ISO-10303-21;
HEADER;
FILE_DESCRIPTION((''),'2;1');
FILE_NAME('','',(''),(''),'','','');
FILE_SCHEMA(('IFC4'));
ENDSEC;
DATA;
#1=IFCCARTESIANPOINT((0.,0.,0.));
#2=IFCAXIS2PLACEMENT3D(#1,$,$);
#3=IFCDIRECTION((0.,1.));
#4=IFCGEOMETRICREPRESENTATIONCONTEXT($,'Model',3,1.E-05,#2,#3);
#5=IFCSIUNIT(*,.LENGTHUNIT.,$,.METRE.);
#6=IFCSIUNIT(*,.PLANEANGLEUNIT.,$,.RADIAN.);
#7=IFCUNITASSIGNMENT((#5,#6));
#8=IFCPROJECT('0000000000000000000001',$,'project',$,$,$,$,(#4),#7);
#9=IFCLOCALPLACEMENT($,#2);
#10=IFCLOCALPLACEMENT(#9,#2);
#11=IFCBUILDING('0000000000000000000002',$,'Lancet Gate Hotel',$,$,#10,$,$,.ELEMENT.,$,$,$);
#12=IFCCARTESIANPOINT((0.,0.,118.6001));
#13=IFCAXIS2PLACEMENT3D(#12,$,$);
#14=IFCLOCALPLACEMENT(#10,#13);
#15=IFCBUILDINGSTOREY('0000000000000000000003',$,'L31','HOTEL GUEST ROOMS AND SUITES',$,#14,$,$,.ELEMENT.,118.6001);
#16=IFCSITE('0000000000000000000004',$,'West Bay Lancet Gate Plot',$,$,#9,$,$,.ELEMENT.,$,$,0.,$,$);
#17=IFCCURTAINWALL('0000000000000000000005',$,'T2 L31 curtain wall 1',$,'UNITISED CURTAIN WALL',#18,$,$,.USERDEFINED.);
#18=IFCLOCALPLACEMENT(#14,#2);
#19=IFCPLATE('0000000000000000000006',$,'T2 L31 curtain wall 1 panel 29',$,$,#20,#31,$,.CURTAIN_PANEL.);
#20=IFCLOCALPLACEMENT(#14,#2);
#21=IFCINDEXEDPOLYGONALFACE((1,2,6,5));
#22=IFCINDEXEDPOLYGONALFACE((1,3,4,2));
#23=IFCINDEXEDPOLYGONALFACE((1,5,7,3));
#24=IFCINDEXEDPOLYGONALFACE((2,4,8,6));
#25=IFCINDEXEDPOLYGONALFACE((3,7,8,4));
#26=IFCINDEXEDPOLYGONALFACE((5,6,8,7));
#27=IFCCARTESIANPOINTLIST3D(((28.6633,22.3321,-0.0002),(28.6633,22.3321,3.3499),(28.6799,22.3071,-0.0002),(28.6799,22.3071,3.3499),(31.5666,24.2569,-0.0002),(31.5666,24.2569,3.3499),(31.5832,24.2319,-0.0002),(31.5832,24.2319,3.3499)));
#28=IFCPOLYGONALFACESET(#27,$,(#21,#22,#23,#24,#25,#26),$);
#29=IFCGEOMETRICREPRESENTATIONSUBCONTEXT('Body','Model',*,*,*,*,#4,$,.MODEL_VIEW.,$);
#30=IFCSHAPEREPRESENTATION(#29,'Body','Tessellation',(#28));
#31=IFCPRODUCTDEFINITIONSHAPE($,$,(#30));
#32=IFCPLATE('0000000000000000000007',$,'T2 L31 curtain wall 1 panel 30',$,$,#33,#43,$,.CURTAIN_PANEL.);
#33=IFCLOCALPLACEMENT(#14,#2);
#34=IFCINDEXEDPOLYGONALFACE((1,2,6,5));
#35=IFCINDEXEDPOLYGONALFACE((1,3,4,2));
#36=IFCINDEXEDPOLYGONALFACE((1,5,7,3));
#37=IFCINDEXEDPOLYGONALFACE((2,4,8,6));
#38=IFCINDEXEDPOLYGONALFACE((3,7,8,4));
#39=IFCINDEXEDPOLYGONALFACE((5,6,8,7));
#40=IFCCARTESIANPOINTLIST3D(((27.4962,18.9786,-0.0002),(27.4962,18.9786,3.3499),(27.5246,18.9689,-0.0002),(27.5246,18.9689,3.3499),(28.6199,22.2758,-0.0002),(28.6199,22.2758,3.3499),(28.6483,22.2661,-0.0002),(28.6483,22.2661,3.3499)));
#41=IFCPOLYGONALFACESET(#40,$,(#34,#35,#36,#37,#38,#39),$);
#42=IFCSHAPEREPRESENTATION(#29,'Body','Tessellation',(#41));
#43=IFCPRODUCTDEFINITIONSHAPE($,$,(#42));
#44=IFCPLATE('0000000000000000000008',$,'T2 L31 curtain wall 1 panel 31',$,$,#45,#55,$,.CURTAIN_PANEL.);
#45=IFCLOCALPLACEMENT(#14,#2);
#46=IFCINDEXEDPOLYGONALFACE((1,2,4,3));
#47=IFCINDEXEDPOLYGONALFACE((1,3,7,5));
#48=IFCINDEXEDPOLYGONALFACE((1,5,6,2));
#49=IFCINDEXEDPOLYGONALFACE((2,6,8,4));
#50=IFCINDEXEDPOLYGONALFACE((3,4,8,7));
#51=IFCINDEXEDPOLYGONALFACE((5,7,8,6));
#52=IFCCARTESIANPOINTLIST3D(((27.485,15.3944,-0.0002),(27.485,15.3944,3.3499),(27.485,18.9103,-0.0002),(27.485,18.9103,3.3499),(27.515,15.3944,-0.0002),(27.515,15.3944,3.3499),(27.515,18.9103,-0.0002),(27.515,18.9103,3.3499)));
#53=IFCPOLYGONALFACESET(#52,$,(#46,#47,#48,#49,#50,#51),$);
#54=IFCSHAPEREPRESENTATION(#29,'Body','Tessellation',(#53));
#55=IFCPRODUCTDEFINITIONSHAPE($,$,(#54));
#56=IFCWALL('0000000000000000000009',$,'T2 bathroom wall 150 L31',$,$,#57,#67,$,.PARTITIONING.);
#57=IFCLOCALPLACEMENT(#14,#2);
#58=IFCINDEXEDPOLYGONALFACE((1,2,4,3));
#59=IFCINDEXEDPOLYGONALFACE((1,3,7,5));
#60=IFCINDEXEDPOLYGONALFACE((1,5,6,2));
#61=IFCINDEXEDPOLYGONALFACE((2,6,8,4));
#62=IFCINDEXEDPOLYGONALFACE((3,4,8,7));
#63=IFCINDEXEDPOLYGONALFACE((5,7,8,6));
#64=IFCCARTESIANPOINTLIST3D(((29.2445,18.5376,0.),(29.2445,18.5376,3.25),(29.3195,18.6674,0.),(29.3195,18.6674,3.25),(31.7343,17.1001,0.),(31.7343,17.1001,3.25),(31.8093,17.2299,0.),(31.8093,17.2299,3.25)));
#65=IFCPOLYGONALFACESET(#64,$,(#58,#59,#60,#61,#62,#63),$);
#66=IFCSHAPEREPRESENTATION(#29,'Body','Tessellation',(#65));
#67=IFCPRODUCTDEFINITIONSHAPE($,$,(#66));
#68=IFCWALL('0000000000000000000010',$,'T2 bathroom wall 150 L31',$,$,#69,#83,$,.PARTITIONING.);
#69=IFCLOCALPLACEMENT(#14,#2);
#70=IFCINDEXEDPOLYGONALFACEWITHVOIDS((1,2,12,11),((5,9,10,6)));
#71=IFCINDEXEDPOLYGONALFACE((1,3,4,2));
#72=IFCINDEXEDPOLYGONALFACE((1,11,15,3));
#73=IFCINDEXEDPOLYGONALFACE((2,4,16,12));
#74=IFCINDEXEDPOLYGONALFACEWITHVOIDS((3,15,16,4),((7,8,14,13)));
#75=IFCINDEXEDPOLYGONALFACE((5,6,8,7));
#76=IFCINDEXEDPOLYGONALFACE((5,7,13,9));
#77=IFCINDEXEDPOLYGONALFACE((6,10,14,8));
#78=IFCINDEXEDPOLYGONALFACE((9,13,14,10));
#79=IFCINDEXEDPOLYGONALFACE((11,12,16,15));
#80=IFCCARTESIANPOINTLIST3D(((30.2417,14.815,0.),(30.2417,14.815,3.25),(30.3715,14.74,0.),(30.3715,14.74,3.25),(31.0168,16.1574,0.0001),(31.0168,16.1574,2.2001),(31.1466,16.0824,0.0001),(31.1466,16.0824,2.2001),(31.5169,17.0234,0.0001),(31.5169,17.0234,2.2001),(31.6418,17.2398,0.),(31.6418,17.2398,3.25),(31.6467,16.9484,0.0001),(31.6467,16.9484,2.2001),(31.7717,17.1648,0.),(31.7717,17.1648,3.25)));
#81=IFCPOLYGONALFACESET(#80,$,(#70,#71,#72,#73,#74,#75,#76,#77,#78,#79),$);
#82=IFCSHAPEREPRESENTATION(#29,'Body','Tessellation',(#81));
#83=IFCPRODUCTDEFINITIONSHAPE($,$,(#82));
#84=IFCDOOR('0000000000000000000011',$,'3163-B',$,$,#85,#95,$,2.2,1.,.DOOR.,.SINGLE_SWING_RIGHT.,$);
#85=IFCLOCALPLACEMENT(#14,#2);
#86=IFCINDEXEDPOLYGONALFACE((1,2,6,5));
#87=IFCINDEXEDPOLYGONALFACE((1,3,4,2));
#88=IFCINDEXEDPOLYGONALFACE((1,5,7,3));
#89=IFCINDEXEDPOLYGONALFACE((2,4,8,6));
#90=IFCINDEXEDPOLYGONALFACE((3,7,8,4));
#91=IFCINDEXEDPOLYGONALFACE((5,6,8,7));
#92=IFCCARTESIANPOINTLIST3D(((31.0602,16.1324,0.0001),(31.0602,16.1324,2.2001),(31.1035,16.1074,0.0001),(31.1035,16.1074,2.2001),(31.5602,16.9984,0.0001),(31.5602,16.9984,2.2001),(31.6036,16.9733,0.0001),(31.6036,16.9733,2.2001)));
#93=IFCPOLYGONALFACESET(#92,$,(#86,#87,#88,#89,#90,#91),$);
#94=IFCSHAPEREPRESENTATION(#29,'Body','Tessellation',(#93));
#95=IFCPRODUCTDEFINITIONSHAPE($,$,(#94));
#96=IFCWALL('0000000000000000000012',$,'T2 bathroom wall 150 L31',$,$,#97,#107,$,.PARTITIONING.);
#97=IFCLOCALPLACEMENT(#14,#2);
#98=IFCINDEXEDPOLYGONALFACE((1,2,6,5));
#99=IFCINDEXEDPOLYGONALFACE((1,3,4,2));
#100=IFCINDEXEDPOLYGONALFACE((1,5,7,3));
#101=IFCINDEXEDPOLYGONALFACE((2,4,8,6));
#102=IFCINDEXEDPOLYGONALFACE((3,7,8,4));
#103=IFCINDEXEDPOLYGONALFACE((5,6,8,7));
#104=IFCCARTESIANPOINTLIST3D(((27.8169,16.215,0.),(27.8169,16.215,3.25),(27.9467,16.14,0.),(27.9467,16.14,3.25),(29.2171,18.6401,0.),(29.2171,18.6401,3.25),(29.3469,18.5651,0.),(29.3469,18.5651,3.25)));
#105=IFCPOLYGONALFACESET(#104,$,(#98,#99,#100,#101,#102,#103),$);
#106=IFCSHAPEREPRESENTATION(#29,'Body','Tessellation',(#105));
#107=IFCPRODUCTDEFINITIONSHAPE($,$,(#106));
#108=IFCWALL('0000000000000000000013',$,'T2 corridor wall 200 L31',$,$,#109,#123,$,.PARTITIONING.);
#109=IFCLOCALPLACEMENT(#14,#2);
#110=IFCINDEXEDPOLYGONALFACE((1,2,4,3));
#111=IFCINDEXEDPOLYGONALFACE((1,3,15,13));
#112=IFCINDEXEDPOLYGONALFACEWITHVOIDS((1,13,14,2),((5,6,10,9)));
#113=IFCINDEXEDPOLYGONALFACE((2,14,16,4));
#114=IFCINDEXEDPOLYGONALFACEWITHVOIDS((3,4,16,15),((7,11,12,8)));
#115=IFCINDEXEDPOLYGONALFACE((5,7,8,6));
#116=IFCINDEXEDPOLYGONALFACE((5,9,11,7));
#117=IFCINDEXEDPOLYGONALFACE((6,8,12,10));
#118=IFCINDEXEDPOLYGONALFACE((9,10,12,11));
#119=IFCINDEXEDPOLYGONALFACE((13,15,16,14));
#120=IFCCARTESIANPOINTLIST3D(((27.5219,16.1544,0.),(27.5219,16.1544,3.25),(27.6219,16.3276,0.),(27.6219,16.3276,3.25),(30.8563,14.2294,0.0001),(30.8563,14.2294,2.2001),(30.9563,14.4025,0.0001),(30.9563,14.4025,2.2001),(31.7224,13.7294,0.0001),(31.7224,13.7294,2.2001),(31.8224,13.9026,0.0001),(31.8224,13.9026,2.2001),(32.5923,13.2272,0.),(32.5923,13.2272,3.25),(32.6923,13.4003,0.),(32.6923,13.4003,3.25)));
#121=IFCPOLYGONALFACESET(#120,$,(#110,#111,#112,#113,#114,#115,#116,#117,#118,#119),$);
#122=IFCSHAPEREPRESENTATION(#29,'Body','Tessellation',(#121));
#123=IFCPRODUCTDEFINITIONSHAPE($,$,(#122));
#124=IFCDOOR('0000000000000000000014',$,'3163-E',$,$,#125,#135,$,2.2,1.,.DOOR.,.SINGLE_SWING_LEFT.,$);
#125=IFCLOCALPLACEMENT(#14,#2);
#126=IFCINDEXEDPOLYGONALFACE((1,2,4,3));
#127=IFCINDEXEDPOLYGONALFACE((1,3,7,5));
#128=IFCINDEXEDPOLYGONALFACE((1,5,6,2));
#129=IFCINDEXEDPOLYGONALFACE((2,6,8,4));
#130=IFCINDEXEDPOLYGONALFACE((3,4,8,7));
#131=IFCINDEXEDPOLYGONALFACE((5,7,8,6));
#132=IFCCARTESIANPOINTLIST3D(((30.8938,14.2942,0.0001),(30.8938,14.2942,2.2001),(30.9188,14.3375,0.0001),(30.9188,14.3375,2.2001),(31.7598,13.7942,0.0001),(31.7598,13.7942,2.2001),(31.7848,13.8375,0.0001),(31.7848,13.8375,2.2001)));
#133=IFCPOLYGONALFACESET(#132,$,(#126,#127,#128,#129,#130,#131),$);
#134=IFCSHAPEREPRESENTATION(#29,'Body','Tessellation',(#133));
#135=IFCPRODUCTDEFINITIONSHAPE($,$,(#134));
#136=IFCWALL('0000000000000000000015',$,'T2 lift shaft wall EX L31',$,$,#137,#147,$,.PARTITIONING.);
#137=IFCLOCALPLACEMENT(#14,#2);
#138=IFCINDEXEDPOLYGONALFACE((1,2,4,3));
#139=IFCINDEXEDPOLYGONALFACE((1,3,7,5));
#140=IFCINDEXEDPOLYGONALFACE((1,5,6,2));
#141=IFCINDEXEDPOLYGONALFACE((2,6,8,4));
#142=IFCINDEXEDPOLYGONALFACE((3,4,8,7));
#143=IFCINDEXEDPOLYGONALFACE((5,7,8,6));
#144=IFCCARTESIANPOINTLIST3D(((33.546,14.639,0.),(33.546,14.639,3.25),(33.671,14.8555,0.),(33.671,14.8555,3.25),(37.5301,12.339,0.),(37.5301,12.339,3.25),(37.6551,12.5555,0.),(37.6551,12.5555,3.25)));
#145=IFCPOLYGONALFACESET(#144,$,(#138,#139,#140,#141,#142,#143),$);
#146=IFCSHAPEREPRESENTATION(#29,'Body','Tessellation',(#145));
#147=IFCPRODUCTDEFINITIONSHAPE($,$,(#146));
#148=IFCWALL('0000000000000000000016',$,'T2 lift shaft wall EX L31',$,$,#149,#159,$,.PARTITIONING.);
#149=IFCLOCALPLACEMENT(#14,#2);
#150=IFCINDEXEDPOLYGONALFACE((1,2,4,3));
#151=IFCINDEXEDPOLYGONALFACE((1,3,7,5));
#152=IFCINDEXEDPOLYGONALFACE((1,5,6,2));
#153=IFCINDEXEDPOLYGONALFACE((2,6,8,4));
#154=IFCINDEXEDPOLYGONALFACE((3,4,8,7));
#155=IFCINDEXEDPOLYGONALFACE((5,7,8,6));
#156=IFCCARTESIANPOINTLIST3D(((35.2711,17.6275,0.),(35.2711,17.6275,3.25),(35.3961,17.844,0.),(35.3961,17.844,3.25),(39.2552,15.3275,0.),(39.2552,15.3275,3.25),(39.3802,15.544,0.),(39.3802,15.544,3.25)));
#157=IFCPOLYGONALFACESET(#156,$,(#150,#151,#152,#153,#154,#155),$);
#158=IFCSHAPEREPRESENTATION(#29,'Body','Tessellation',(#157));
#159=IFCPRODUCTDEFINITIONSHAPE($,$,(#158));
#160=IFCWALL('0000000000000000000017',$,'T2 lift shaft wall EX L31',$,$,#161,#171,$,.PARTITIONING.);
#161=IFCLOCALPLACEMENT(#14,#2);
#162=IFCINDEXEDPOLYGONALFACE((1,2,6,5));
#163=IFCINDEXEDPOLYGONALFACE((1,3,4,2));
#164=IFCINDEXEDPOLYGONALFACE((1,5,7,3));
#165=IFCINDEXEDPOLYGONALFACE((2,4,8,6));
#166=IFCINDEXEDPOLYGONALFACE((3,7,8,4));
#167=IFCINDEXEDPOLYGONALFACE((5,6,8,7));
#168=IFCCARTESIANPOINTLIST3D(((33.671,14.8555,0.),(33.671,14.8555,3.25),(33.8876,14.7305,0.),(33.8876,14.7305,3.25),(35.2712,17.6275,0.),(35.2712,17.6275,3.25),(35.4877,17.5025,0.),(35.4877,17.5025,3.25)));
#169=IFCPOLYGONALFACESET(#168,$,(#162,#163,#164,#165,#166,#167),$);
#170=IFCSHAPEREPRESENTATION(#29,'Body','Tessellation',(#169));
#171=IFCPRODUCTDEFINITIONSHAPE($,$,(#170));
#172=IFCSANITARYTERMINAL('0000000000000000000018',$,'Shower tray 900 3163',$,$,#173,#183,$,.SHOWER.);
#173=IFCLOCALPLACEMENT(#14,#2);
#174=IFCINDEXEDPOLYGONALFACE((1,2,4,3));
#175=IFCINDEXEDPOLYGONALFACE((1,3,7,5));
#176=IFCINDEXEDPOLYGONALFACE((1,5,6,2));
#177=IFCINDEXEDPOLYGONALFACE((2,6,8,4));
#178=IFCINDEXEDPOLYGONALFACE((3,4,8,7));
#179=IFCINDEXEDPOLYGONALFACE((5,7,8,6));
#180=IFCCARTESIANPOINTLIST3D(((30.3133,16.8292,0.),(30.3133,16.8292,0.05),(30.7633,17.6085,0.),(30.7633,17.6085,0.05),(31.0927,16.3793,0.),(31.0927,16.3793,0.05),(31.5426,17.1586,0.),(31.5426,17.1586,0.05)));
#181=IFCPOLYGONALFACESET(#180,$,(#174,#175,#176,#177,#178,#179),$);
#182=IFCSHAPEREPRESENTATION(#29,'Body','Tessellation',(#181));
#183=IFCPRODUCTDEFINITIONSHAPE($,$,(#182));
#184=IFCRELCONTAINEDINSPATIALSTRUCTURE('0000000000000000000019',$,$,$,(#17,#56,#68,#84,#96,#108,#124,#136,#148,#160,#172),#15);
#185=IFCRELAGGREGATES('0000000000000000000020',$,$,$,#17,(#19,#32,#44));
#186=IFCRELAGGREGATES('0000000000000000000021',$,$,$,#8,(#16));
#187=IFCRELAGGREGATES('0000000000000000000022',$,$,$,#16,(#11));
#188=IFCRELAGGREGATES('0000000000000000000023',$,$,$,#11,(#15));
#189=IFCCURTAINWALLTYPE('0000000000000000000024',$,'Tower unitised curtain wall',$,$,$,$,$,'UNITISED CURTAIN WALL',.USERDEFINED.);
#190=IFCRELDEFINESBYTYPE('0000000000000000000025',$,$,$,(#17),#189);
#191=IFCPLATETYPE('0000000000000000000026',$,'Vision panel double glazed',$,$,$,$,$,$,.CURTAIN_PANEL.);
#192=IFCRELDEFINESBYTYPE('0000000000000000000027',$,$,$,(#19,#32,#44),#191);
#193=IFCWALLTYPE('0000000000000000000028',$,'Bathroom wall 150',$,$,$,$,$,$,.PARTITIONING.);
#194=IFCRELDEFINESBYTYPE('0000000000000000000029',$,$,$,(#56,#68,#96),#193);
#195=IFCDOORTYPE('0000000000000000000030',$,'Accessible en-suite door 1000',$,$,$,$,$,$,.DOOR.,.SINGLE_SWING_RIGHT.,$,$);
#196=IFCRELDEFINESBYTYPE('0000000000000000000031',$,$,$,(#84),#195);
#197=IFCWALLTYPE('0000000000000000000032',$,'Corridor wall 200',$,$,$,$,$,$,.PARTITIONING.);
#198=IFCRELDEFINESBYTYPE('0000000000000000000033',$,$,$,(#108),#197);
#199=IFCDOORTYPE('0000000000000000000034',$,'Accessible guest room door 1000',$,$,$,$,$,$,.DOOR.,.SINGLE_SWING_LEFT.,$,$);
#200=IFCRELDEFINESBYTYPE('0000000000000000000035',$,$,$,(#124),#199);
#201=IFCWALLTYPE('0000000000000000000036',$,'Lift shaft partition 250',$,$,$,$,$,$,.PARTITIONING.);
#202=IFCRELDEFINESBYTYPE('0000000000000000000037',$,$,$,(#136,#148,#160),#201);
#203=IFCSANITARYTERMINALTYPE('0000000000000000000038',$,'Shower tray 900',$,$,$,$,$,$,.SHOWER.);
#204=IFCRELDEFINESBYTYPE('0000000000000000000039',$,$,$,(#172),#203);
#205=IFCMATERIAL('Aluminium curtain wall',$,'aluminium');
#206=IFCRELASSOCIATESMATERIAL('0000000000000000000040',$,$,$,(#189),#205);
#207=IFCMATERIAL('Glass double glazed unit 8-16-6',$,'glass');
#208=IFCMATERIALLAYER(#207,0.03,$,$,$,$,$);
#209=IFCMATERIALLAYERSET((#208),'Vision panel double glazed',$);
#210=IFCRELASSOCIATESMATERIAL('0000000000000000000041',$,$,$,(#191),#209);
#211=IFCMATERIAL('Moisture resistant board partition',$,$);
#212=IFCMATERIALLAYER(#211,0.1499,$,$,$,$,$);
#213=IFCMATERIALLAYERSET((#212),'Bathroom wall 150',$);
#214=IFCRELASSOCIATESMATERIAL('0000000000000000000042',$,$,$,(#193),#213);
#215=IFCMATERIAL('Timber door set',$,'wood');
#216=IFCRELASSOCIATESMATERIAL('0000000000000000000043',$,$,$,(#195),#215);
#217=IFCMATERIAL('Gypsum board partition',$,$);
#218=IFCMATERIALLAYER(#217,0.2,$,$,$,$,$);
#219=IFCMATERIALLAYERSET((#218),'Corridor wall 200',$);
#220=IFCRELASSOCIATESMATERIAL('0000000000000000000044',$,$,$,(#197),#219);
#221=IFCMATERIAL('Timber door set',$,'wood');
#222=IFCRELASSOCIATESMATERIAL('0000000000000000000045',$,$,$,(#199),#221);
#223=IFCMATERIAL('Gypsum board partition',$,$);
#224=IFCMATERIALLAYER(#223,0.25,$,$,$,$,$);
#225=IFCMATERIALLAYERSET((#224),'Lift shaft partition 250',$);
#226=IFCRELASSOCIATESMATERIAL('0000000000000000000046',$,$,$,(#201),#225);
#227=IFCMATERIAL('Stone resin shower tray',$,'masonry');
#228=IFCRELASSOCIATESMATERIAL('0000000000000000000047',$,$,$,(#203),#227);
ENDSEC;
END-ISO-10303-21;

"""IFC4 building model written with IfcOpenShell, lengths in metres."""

from ifc_helpers import new_model, si_unit, direction, frame, frame_2d, origin, origin_2d, place, context, subcontext, project, spatial, rectangle, extrude, material, layer, layer_set, type_object, element, fill, aggregate, save


model = new_model("IFC4")

# Units and contexts
model_context = context("Model", 3, precision=1e-05, world=origin(), true_north=direction((0.0, 1.0)))
body_context = subcontext(model_context, "Body", "Model", "MODEL_VIEW")
ifc_project = project(units=[si_unit("LENGTHUNIT", "METRE"), si_unit("PLANEANGLEUNIT", "RADIAN")], contexts=[model_context])

# Site, building, storey
site_placement = place(None, origin())
site = spatial("IfcSite", under=ifc_project, at=site_placement, Name="West Bay Lancet Gate Plot", CompositionType="ELEMENT", RefElevation=0.0)
building_placement = place(site_placement, origin())
building = spatial("IfcBuilding", under=site, at=building_placement, Name="Lancet Gate Hotel", CompositionType="ELEMENT")
storey_placement = place(building_placement, frame((0.0, 0.0, 118.6001)))
storey = spatial("IfcBuildingStorey", under=building, at=storey_placement, Name="L31", Description="HOTEL GUEST ROOMS AND SUITES", CompositionType="ELEMENT", Elevation=118.6001)

# Curtain wall
ifc_material_1 = material(Name="Aluminium curtain wall", Category="aluminium")
curtain_wall_type = type_object("IfcCurtainWallType", Name="Tower unitised curtain wall", ElementType="UNITISED CURTAIN WALL", PredefinedType="USERDEFINED", material=ifc_material_1)
curtain_wall_placement = place(storey_placement, origin())
curtain_wall = element("IfcCurtainWall", 1, at=curtain_wall_placement, inside=storey, type_object=curtain_wall_type, Name="T2 L31 curtain wall 1", ObjectType="UNITISED CURTAIN WALL", PredefinedType="USERDEFINED")

# Plates
ifc_material_2 = material(Name="Glass double glazed unit 8-16-6", Category="glass")
ifc_layer_1 = layer(ifc_material_2, 0.03)
ifc_layer_set_1 = layer_set([ifc_layer_1], Name="Vision panel double glazed")
plate_type = type_object("IfcPlateType", Name="Vision panel double glazed", PredefinedType="CURTAIN_PANEL", material=ifc_layer_set_1)
plate_1_placement = place(storey_placement, frame((30.1233, 23.282, -0.0002), z_axis=(0.0, 0.0, 1.0), x_axis=(-0.833465, -0.552573, 0.0)))
plate_1 = element("IfcPlate", 2, at=plate_1_placement, type_object=plate_type, Name="T2 L31 curtain wall 1 panel 29", PredefinedType="CURTAIN_PANEL", context=body_context, shape_type="SweptSolid", body=[
    extrude(rectangle(XDim=3.4834, YDim=0.03, at=origin_2d()), origin(), (0.0, 0.0, 1.0), 3.3501),
])
plate_2_placement = place(storey_placement, frame((28.0723, 20.6223, -0.0002), z_axis=(0.0, 0.0, 1.0), x_axis=(-0.322576, -0.946544, 0.0)))
plate_2 = element("IfcPlate", 3, at=plate_2_placement, type_object=plate_type, Name="T2 L31 curtain wall 1 panel 30", PredefinedType="CURTAIN_PANEL", context=body_context, shape_type="SweptSolid", body=[
    extrude(rectangle(XDim=3.4834, YDim=0.03, at=origin_2d()), origin(), (0.0, 0.0, 1.0), 3.3501),
])
plate_3_placement = place(storey_placement, frame((27.5, 17.1523, -0.0002), z_axis=(0.0, 0.0, 1.0), x_axis=(0.0, -1.0, 0.0)))
plate_3 = element("IfcPlate", 4, at=plate_3_placement, type_object=plate_type, Name="T2 L31 curtain wall 1 panel 31", PredefinedType="CURTAIN_PANEL", context=body_context, shape_type="SweptSolid", body=[
    extrude(rectangle(XDim=3.5159, YDim=0.03, at=origin_2d()), origin(), (0.0, 0.0, 1.0), 3.3501),
])
aggregate(curtain_wall, [plate_1, plate_2, plate_3])

# Wall
ifc_material_3 = material(Name="Moisture resistant board partition")
ifc_layer_2 = layer(ifc_material_3, 0.1499)
ifc_layer_set_2 = layer_set([ifc_layer_2], Name="Bathroom wall 150")
wall_type_1 = type_object("IfcWallType", Name="Bathroom wall 150", PredefinedType="PARTITIONING", material=ifc_layer_set_2)
wall_1_placement = place(storey_placement, frame((29.282, 18.6025, 0.0), z_axis=(0.0, 0.0, 1.0), x_axis=(0.866019, -0.500012, 0.0)))
element("IfcWall", 5, at=wall_1_placement, inside=storey, type_object=wall_type_1, Name="T2 bathroom wall 150 L31", PredefinedType="PARTITIONING", context=body_context, shape_type="SweptSolid", body=[
    extrude(rectangle(XDim=2.875, YDim=0.1499, at=frame_2d((1.4375, 0.0))), origin(), (0.0, 0.0, 1.0), 3.25),
])

# Wall, opening, door
wall_2_placement = place(storey_placement, frame((30.3066, 14.7776, 0.0), z_axis=(0.0, 0.0, 1.0), x_axis=(0.50005, 0.865997, 0.0)))
wall_2 = element("IfcWall", 6, at=wall_2_placement, inside=storey, type_object=wall_type_1, Name="T2 bathroom wall 150 L31", PredefinedType="PARTITIONING", context=body_context, shape_type="SweptSolid", body=[
    extrude(rectangle(XDim=2.8, YDim=0.1499, at=frame_2d((1.3999, 0.0))), origin(), (0.0, 0.0, 1.0), 3.25),
])
opening_1_placement = place(wall_2_placement, frame((1.55, 0.0, 0.0)))
opening_1 = element("IfcOpeningElement", 7, at=opening_1_placement, cuts=wall_2, PredefinedType="OPENING", context=body_context, shape_type="SweptSolid", body=[
    extrude(rectangle(XDim=1.0, YDim=2.2, at=frame_2d((0.5, 1.1001))), frame((0.0, 0.085, 0.0), z_axis=(0.0, -1.0, 0.0), x_axis=(1.0, 0.0, 0.0)), (0.0, 0.0, 1.0), 0.1699),
])
ifc_material_4 = material(Name="Timber door set", Category="wood")
door_type_1 = type_object("IfcDoorType", Name="Accessible en-suite door 1000", OperationType="SINGLE_SWING_RIGHT", PredefinedType="DOOR", material=ifc_material_4)
door_1_placement = place(opening_1_placement, origin())
door_1 = element("IfcDoor", 8, at=door_1_placement, inside=storey, type_object=door_type_1, Name="3163-B", OperationType="SINGLE_SWING_RIGHT", OverallHeight=2.2, OverallWidth=1.0, PredefinedType="DOOR", context=body_context, shape_type="SweptSolid", body=[
    extrude(rectangle(XDim=1.0, YDim=2.2, at=frame_2d((0.5, 1.1001))), frame((0.0, 0.0249, 0.0), z_axis=(0.0, -1.0, 0.0), x_axis=(1.0, 0.0, 0.0)), (0.0, 0.0, 1.0), 0.05),
])
fill(opening_1, door_1)

# Wall
wall_3_placement = place(storey_placement, frame((27.8818, 16.1775, 0.0), z_axis=(0.0, 0.0, 1.0), x_axis=(0.500012, 0.866019, 0.0)))
element("IfcWall", 9, at=wall_3_placement, inside=storey, type_object=wall_type_1, Name="T2 bathroom wall 150 L31", PredefinedType="PARTITIONING", context=body_context, shape_type="SweptSolid", body=[
    extrude(rectangle(XDim=2.8003, YDim=0.1499, at=frame_2d((1.4001, 0.0))), origin(), (0.0, 0.0, 1.0), 3.25),
])

# Wall, opening, door
ifc_material_5 = material(Name="Gypsum board partition")
ifc_layer_3 = layer(ifc_material_5, 0.2)
ifc_layer_set_3 = layer_set([ifc_layer_3], Name="Corridor wall 200")
wall_type_2 = type_object("IfcWallType", Name="Corridor wall 200", PredefinedType="PARTITIONING", material=ifc_layer_set_3)
wall_4_placement = place(storey_placement, frame((27.572, 16.241, 0.0), z_axis=(0.0, 0.0, 1.0), x_axis=(0.866033, -0.499987, 0.0)))
wall_4 = element("IfcWall", 10, at=wall_4_placement, inside=storey, type_object=wall_type_2, Name="T2 corridor wall 200 L31", PredefinedType="PARTITIONING", context=body_context, shape_type="SweptSolid", body=[
    extrude(rectangle(XDim=5.8547, YDim=0.2, at=frame_2d((2.9272, 0.0))), origin(), (0.0, 0.0, 1.0), 3.25),
])
opening_2_placement = place(wall_4_placement, frame((3.8501, 0.0, 0.0)))
opening_2 = element("IfcOpeningElement", 11, at=opening_2_placement, cuts=wall_4, PredefinedType="OPENING", context=body_context, shape_type="SweptSolid", body=[
    extrude(rectangle(XDim=1.0, YDim=2.2, at=frame_2d((0.5, 1.1001))), frame((0.0, 0.1099, 0.0), z_axis=(0.0, -1.0, 0.0), x_axis=(1.0, 0.0, 0.0)), (0.0, 0.0, 1.0), 0.22),
])
ifc_material_6 = material(Name="Timber door set", Category="wood")
door_type_2 = type_object("IfcDoorType", Name="Accessible guest room door 1000", OperationType="SINGLE_SWING_LEFT", PredefinedType="DOOR", material=ifc_material_6)
door_2_placement = place(opening_2_placement, origin())
door_2 = element("IfcDoor", 12, at=door_2_placement, inside=storey, type_object=door_type_2, Name="3163-E", OperationType="SINGLE_SWING_LEFT", OverallHeight=2.2, OverallWidth=1.0, PredefinedType="DOOR", context=body_context, shape_type="SweptSolid", body=[
    extrude(rectangle(XDim=1.0, YDim=2.2, at=frame_2d((0.5, 1.1001))), frame((0.0, 0.0249, 0.0), z_axis=(0.0, -1.0, 0.0), x_axis=(1.0, 0.0, 0.0)), (0.0, 0.0, 1.0), 0.05),
])
fill(opening_2, door_2)

# Walls
ifc_material_7 = material(Name="Gypsum board partition")
ifc_layer_4 = layer(ifc_material_7, 0.25)
ifc_layer_set_4 = layer_set([ifc_layer_4], Name="Lift shaft partition 250")
wall_type_3 = type_object("IfcWallType", Name="Lift shaft partition 250", PredefinedType="PARTITIONING", material=ifc_layer_set_4)
for number, where, z_axis, x_axis, name in (
    (13, (33.6084, 14.7473, 0.0), (0.0, 0.0, 1.0), (0.866043, -0.499969, 0.0), "T2 lift shaft wall EX L31"),
    (14, (35.3335, 17.7358, 0.0), (0.0, 0.0, 1.0), (0.866043, -0.499969, 0.0), "T2 lift shaft wall EX L31"),
):
    element("IfcWall", number, at=place(storey_placement, frame(where, z_axis=z_axis, x_axis=x_axis)), inside=storey, type_object=wall_type_3, Name=name, PredefinedType="PARTITIONING", context=body_context, shape_type="SweptSolid", body=[
        extrude(rectangle(XDim=4.6003, YDim=0.25, at=frame_2d((2.3003, 0.0))), origin(), (0.0, 0.0, 1.0), 3.25),
    ])
wall_5_placement = place(storey_placement, frame((33.7793, 14.793, 0.0), z_axis=(0.0, 0.0, 1.0), x_axis=(0.499929, 0.866066, 0.0)))
element("IfcWall", 15, at=wall_5_placement, inside=storey, type_object=wall_type_3, Name="T2 lift shaft wall EX L31", PredefinedType="PARTITIONING", context=body_context, shape_type="SweptSolid", body=[
    extrude(rectangle(XDim=3.2007, YDim=0.25, at=frame_2d((1.6003, 0.0))), origin(), (0.0, 0.0, 1.0), 3.25),
])

# Sanitary terminal
ifc_material_8 = material(Name="Stone resin shower tray", Category="masonry")
sanitary_terminal_type_1 = type_object("IfcSanitaryTerminalType", Name="Shower tray 900", PredefinedType="SHOWER", material=ifc_material_8)
sanitary_terminal_1_placement = place(storey_placement, frame((30.928, 16.9939, 0.0), z_axis=(0.0, 0.0, 1.0), x_axis=(0.866025, -0.5, 0.0)))
element("IfcSanitaryTerminal", 16, at=sanitary_terminal_1_placement, inside=storey, type_object=sanitary_terminal_type_1, Name="Shower tray 900 3163", PredefinedType="SHOWER", context=body_context, shape_type="SweptSolid", body=[
    extrude(rectangle(XDim=0.8999, YDim=0.8999, at=origin_2d()), origin(), (0.0, 0.0, 1.0), 0.05),
])

save(model, "model.ifc")
